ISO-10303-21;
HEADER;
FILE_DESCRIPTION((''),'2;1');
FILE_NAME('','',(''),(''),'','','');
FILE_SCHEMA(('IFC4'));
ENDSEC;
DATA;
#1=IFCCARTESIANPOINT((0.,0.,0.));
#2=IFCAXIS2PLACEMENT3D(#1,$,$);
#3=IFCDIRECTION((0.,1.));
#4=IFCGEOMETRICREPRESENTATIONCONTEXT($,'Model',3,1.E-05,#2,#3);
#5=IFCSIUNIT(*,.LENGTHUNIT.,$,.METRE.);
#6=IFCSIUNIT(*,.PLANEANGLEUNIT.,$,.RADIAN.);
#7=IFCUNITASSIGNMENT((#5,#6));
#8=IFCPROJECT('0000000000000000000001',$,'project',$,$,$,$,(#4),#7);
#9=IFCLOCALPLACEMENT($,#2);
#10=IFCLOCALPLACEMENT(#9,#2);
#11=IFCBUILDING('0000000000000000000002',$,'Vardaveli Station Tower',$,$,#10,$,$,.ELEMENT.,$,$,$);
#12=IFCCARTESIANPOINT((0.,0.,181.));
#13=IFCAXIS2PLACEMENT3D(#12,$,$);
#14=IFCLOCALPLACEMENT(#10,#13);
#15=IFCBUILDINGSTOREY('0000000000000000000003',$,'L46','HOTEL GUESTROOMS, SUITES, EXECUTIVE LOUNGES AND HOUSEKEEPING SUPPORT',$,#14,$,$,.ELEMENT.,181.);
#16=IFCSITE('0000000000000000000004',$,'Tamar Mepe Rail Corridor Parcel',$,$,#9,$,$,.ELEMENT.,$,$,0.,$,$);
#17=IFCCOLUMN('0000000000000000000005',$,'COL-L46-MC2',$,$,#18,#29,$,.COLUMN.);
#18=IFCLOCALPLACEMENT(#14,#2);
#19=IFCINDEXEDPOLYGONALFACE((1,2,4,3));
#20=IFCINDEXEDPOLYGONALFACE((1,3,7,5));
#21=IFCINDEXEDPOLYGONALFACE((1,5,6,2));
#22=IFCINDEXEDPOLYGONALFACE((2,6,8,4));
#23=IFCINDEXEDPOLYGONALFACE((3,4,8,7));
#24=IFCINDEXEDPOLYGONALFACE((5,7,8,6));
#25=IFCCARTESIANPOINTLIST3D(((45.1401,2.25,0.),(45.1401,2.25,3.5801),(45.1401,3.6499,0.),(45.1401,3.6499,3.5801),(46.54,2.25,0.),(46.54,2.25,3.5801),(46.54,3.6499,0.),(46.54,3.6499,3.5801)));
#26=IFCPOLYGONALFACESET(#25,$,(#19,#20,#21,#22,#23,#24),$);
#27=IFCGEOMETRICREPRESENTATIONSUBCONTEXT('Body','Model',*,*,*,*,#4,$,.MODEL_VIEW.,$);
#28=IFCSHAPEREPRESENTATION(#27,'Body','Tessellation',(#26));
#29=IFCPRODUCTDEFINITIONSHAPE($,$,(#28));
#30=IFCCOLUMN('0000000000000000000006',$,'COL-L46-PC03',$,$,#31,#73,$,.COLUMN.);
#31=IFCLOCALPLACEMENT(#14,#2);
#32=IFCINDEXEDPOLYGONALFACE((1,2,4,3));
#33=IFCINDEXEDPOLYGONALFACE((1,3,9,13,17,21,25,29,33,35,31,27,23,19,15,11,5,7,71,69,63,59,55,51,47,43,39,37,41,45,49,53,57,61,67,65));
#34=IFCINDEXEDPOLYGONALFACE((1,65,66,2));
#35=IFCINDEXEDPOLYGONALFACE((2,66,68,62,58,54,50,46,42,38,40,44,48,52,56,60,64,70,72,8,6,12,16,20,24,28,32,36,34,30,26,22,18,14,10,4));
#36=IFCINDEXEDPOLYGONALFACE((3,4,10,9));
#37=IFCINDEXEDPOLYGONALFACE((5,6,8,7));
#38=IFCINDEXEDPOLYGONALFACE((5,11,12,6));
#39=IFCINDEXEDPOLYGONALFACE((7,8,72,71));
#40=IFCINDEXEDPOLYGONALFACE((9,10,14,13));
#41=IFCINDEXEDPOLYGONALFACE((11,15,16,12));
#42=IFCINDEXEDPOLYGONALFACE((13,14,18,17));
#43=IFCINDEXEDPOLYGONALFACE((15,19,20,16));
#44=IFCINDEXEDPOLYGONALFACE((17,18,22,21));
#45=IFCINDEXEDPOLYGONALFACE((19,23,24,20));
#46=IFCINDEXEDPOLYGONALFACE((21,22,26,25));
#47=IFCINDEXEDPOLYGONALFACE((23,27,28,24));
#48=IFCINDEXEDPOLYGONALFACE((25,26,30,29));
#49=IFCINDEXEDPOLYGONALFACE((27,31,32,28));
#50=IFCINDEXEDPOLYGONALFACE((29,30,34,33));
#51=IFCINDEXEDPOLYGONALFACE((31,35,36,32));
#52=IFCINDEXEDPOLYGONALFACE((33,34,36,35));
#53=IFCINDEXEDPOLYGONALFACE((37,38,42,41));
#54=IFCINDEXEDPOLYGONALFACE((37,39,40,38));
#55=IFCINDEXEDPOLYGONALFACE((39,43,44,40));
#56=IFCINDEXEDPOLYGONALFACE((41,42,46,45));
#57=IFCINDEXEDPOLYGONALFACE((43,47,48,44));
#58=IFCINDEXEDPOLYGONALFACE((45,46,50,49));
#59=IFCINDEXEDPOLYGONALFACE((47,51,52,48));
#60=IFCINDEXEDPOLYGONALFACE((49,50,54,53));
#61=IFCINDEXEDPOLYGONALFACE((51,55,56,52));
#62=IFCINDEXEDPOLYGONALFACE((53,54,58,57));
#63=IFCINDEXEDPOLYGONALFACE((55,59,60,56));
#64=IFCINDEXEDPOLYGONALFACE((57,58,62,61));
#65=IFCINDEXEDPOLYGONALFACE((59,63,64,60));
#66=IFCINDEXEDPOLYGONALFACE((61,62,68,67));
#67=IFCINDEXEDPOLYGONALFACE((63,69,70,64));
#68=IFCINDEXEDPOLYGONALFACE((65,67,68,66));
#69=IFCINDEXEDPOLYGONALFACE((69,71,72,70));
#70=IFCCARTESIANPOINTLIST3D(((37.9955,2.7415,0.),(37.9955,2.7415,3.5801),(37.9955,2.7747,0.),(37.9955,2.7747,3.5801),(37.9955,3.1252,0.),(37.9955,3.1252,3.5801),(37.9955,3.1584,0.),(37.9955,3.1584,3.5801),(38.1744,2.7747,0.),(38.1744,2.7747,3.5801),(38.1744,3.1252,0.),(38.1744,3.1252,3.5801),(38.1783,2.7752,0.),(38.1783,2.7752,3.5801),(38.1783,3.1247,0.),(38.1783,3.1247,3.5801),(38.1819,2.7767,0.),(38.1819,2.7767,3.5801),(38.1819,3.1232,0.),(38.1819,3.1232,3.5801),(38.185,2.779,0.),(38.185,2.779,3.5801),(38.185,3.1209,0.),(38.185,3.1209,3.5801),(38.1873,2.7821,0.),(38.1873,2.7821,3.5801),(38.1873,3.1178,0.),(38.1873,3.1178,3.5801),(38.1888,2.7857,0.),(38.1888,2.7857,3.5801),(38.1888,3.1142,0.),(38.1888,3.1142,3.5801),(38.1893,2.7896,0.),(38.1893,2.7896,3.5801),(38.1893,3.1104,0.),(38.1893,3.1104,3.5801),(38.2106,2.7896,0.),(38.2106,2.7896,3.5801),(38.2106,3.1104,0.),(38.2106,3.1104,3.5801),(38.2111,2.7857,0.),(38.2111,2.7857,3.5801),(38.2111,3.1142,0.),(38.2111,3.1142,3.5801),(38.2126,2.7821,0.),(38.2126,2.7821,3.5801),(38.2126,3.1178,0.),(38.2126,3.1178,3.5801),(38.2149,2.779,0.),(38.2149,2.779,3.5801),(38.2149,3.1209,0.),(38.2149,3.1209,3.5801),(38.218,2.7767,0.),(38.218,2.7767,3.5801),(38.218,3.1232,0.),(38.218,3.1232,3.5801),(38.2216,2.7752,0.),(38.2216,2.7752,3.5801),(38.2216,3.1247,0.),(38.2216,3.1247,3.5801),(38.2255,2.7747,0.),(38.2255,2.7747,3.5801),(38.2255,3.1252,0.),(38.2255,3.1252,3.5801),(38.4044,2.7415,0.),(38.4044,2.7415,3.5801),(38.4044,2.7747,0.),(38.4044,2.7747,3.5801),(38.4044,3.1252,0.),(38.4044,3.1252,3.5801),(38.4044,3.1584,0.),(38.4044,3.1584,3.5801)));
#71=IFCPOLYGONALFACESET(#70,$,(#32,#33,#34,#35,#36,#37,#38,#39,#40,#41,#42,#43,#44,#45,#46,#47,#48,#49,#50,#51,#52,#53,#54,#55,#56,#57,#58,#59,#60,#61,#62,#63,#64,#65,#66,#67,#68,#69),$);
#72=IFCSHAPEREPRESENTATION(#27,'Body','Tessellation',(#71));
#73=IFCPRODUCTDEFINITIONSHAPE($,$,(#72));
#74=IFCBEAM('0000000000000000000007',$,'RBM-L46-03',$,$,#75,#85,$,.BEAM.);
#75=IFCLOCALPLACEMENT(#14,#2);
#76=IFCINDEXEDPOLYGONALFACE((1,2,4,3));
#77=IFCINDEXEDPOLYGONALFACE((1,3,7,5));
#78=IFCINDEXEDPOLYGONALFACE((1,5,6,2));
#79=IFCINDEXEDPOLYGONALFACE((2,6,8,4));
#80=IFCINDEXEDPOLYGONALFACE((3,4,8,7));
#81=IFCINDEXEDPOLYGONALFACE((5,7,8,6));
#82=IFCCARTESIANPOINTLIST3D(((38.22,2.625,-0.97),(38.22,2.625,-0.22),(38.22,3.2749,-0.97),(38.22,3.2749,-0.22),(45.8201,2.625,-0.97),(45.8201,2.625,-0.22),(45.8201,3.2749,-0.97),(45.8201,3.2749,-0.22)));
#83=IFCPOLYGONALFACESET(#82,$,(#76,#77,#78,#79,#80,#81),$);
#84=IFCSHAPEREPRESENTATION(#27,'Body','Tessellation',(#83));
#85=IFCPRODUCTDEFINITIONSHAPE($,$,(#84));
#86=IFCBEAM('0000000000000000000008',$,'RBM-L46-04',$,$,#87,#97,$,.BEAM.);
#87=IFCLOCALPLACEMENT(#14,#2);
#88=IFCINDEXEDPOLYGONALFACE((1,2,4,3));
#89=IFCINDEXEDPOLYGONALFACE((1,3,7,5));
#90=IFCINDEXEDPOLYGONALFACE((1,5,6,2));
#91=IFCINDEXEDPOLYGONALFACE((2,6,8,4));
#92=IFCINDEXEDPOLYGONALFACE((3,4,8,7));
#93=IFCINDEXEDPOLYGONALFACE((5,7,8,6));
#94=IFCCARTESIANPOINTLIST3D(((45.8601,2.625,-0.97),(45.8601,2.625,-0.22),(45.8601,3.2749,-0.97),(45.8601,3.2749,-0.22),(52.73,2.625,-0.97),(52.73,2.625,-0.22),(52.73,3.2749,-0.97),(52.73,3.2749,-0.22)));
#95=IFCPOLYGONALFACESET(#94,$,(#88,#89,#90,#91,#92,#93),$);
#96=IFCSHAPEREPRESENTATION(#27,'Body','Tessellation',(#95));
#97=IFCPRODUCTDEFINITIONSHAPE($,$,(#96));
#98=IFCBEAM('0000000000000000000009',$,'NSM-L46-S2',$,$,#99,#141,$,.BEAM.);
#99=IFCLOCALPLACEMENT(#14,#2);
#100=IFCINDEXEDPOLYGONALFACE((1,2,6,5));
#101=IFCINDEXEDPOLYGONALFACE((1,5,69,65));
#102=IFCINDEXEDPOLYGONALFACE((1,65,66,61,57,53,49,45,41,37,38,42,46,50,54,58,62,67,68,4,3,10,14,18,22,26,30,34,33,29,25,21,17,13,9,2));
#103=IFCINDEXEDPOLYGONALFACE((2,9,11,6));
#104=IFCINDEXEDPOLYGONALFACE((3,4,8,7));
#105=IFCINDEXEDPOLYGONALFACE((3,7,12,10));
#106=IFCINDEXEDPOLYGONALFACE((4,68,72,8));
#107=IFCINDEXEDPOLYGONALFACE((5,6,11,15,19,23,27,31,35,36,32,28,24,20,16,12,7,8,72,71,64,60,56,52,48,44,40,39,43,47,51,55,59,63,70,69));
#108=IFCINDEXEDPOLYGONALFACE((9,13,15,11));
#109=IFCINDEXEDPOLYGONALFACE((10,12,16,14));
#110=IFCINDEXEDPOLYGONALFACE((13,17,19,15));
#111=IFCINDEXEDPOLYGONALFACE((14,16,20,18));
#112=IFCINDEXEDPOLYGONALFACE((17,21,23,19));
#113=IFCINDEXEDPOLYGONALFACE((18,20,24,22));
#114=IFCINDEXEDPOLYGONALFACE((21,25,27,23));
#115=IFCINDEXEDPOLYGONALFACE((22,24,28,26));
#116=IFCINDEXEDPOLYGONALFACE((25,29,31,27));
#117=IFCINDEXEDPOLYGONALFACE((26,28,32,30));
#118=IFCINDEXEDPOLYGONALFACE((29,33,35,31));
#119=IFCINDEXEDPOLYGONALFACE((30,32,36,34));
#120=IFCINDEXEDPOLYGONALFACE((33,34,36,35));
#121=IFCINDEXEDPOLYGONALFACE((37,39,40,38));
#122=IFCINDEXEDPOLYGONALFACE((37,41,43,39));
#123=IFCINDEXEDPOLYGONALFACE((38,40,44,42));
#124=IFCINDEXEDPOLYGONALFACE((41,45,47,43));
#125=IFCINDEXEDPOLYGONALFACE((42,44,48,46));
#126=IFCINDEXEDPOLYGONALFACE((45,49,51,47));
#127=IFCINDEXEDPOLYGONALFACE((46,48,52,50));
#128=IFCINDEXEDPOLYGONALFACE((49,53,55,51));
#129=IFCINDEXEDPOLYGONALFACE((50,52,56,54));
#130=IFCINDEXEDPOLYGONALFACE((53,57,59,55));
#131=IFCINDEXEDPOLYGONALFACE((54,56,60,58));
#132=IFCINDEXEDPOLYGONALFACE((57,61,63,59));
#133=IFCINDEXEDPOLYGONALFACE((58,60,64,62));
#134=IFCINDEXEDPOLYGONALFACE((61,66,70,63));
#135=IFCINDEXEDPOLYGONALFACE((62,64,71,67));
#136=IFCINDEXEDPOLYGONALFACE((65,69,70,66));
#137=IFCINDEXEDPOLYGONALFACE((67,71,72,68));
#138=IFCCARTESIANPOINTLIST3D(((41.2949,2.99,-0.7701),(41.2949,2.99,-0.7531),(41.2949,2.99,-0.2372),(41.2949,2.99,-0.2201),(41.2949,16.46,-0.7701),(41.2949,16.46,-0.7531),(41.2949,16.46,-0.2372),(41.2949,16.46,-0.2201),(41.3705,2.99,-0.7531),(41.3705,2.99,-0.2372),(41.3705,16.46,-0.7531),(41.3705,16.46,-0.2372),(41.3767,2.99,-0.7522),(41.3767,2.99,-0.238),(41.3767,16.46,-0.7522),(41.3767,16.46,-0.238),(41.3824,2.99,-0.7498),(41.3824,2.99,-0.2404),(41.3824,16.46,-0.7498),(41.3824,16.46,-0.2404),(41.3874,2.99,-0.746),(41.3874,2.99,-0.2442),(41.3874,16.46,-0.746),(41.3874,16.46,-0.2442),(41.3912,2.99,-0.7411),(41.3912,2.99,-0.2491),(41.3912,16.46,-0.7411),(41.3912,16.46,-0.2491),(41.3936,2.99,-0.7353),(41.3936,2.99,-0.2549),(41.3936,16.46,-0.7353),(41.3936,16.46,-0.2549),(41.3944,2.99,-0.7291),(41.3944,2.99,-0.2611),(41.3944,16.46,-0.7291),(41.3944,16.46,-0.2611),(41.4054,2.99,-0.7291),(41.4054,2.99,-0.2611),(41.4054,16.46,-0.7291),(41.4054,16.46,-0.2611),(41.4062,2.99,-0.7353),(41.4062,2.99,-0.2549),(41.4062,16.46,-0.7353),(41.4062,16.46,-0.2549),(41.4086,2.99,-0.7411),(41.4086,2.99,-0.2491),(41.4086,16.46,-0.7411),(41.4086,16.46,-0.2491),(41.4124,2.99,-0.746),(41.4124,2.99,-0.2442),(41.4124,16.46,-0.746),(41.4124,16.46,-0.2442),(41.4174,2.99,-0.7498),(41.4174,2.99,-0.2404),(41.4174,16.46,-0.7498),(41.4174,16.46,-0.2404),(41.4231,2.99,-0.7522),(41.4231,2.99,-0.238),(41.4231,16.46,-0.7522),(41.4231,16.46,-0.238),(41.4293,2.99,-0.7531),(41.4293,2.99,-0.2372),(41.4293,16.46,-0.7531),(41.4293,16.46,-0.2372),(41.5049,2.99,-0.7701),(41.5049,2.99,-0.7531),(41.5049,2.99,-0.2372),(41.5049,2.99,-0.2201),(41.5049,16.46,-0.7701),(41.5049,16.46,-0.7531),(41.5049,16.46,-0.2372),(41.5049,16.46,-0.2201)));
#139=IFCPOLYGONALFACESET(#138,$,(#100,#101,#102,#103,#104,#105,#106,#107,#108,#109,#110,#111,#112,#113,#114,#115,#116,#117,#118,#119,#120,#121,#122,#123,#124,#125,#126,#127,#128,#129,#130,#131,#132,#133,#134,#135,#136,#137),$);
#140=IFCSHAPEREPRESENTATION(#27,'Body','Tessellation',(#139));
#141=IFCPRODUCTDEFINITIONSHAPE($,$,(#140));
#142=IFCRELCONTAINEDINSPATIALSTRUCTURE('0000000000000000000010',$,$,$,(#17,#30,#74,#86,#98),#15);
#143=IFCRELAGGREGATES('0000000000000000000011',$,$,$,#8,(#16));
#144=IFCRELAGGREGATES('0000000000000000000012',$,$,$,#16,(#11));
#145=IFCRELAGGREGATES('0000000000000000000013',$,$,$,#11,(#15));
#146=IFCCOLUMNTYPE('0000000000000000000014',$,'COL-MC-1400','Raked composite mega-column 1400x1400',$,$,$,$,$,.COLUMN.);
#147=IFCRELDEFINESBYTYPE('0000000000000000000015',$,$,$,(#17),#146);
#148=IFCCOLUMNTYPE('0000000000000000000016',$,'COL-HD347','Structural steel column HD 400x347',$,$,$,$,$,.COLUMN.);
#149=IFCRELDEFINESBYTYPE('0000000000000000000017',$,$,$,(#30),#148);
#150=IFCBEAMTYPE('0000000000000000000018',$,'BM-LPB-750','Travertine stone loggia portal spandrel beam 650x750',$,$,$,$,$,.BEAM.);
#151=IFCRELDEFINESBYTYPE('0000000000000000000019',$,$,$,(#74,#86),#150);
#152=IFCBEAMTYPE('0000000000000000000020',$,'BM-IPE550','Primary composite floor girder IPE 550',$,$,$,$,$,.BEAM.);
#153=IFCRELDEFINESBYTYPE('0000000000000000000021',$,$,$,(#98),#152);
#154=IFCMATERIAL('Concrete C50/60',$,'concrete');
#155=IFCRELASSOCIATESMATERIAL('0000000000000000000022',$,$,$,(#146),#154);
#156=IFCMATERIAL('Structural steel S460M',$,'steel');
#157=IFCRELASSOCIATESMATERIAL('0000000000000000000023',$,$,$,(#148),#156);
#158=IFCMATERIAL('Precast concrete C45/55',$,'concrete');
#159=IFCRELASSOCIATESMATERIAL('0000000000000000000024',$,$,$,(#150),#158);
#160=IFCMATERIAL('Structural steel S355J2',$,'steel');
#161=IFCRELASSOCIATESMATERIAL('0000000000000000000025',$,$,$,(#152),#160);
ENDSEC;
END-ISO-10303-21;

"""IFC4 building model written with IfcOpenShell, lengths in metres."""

from ifc_helpers import new_model, si_unit, direction, frame, origin, origin_2d, place, context, subcontext, project, spatial, rectangle, i_section, extrude, source, transform, mapped, material, material_profile, profile_set, type_object, element, save


model = new_model("IFC4")

# Units and contexts
model_context = context("Model", 3, precision=1e-05, world=origin(), true_north=direction((0.0, 1.0)))
body_context = subcontext(model_context, "Body", "Model", "MODEL_VIEW")
ifc_project = project(units=[si_unit("LENGTHUNIT", "METRE"), si_unit("PLANEANGLEUNIT", "RADIAN")], contexts=[model_context])

# Site, building, storey
site_placement = place(None, origin())
site = spatial("IfcSite", under=ifc_project, at=site_placement, Name="Tamar Mepe Rail Corridor Parcel", CompositionType="ELEMENT", RefElevation=0.0)
building_placement = place(site_placement, origin())
building = spatial("IfcBuilding", under=site, at=building_placement, Name="Vardaveli Station Tower", CompositionType="ELEMENT")
storey_placement = place(building_placement, frame((0.0, 0.0, 181.0)))
storey = spatial("IfcBuildingStorey", under=building, at=storey_placement, Name="L46", Description="HOTEL GUESTROOMS, SUITES, EXECUTIVE LOUNGES AND HOUSEKEEPING SUPPORT", CompositionType="ELEMENT", Elevation=181.0)

# Columns
ifc_material_1 = material(Name="Concrete C50/60", Category="concrete")
ifc_material_profile_1 = material_profile(ifc_material_1, rectangle(XDim=1.3999, YDim=1.3999, at=origin_2d()), Name="MC 1400x1400")
ifc_profile_set_1 = profile_set([ifc_material_profile_1], Name="Concrete C50/60")
column_type_1 = type_object("IfcColumnType", Name="COL-MC-1400", Description="Raked composite mega-column 1400x1400", PredefinedType="COLUMN", material=ifc_profile_set_1)
shared_shape_1 = source(origin(), body_context, "Body", "SweptSolid", [
    extrude(rectangle(XDim=1.3999, YDim=1.3999, at=origin_2d()), origin(), (0.0, 0.0, 1.0), 3.5801),
])
column_1_placement = place(storey_placement, frame((45.8401, 2.95, 0.0), z_axis=(0.0, 0.0, 1.0), x_axis=(1.0, 0.0, 0.0)))
element("IfcColumn", 1, at=column_1_placement, inside=storey, type_object=column_type_1, Name="COL-L46-MC2", PredefinedType="COLUMN", context=body_context, shape_type="MappedRepresentation", body=[
    mapped(shared_shape_1, transform((0.0, 0.0, 0.0), scale=1.0)),
])
ifc_material_2 = material(Name="Structural steel S460M", Category="steel")
ifc_material_profile_2 = material_profile(ifc_material_2, i_section(OverallWidth=0.4089, OverallDepth=0.417, WebThickness=0.0212, FlangeThickness=0.0332, FilletRadius=0.0149, at=origin_2d()), Name="HD 400x347")
ifc_profile_set_2 = profile_set([ifc_material_profile_2], Name="Structural steel S460M")
column_type_2 = type_object("IfcColumnType", Name="COL-HD347", Description="Structural steel column HD 400x347", PredefinedType="COLUMN", material=ifc_profile_set_2)
shared_shape_2 = source(origin(), body_context, "Body", "SweptSolid", [
    extrude(i_section(OverallWidth=0.4089, OverallDepth=0.417, WebThickness=0.0212, FlangeThickness=0.0332, FilletRadius=0.0149, at=origin_2d()), origin(), (0.0, 0.0, 1.0), 3.5801),
])
column_2_placement = place(storey_placement, frame((38.2, 2.95, 0.0), z_axis=(0.0, 0.0, 1.0), x_axis=(1.0, 0.0, 0.0)))
element("IfcColumn", 2, at=column_2_placement, inside=storey, type_object=column_type_2, Name="COL-L46-PC03", PredefinedType="COLUMN", context=body_context, shape_type="MappedRepresentation", body=[
    mapped(shared_shape_2, transform((0.0, 0.0, 0.0), scale=1.0)),
])

# Beams
ifc_material_3 = material(Name="Precast concrete C45/55", Category="concrete")
ifc_material_profile_3 = material_profile(ifc_material_3, rectangle(XDim=0.6499, YDim=0.75, at=origin_2d()), Name="LPB 650x750")
ifc_profile_set_3 = profile_set([ifc_material_profile_3], Name="Precast concrete C45/55")
beam_type_1 = type_object("IfcBeamType", Name="BM-LPB-750", Description="Travertine stone loggia portal spandrel beam 650x750", PredefinedType="BEAM", material=ifc_profile_set_3)
shared_shape_3 = source(origin(), body_context, "Body", "SweptSolid", [
    extrude(rectangle(XDim=0.6499, YDim=0.75, at=origin_2d()), origin(), (0.0, 0.0, 1.0), 7.6001),
])
beam_1_placement = place(storey_placement, frame((38.22, 2.95, -0.595), z_axis=(1.0, 0.0, 0.0), x_axis=(0.0, 1.0, 0.0)))
element("IfcBeam", 3, at=beam_1_placement, inside=storey, type_object=beam_type_1, Name="RBM-L46-03", PredefinedType="BEAM", context=body_context, shape_type="MappedRepresentation", body=[
    mapped(shared_shape_3, transform((0.0, 0.0, 0.0), scale=1.0)),
])
shared_shape_4 = source(origin(), body_context, "Body", "SweptSolid", [
    extrude(rectangle(XDim=0.6499, YDim=0.75, at=origin_2d()), origin(), (0.0, 0.0, 1.0), 6.8699),
])
beam_2_placement = place(storey_placement, frame((45.8601, 2.95, -0.595), z_axis=(1.0, 0.0, 0.0), x_axis=(0.0, 1.0, 0.0)))
element("IfcBeam", 4, at=beam_2_placement, inside=storey, type_object=beam_type_1, Name="RBM-L46-04", PredefinedType="BEAM", context=body_context, shape_type="MappedRepresentation", body=[
    mapped(shared_shape_4, transform((0.0, 0.0, 0.0), scale=1.0)),
])
ifc_material_4 = material(Name="Structural steel S355J2", Category="steel")
ifc_material_profile_4 = material_profile(ifc_material_4, i_section(OverallWidth=0.21, OverallDepth=0.55, WebThickness=0.011, FlangeThickness=0.0171, FilletRadius=0.0239, at=origin_2d()), Name="IPE 550")
ifc_profile_set_4 = profile_set([ifc_material_profile_4], Name="Structural steel S355J2")
beam_type_2 = type_object("IfcBeamType", Name="BM-IPE550", Description="Primary composite floor girder IPE 550", PredefinedType="BEAM", material=ifc_profile_set_4)
shared_shape_5 = source(origin(), body_context, "Body", "SweptSolid", [
    extrude(i_section(OverallWidth=0.21, OverallDepth=0.55, WebThickness=0.011, FlangeThickness=0.0171, FilletRadius=0.0239, at=origin_2d()), origin(), (0.0, 0.0, 1.0), 13.47),
])
beam_3_placement = place(storey_placement, frame((41.3999, 2.99, -0.4951), z_axis=(0.0, 1.0, 0.0), x_axis=(-1.0, 0.0, 0.0)))
element("IfcBeam", 5, at=beam_3_placement, inside=storey, type_object=beam_type_2, Name="NSM-L46-S2", PredefinedType="BEAM", context=body_context, shape_type="MappedRepresentation", body=[
    mapped(shared_shape_5, transform((0.0, 0.0, 0.0), scale=1.0)),
])

save(model, "model.ifc")
